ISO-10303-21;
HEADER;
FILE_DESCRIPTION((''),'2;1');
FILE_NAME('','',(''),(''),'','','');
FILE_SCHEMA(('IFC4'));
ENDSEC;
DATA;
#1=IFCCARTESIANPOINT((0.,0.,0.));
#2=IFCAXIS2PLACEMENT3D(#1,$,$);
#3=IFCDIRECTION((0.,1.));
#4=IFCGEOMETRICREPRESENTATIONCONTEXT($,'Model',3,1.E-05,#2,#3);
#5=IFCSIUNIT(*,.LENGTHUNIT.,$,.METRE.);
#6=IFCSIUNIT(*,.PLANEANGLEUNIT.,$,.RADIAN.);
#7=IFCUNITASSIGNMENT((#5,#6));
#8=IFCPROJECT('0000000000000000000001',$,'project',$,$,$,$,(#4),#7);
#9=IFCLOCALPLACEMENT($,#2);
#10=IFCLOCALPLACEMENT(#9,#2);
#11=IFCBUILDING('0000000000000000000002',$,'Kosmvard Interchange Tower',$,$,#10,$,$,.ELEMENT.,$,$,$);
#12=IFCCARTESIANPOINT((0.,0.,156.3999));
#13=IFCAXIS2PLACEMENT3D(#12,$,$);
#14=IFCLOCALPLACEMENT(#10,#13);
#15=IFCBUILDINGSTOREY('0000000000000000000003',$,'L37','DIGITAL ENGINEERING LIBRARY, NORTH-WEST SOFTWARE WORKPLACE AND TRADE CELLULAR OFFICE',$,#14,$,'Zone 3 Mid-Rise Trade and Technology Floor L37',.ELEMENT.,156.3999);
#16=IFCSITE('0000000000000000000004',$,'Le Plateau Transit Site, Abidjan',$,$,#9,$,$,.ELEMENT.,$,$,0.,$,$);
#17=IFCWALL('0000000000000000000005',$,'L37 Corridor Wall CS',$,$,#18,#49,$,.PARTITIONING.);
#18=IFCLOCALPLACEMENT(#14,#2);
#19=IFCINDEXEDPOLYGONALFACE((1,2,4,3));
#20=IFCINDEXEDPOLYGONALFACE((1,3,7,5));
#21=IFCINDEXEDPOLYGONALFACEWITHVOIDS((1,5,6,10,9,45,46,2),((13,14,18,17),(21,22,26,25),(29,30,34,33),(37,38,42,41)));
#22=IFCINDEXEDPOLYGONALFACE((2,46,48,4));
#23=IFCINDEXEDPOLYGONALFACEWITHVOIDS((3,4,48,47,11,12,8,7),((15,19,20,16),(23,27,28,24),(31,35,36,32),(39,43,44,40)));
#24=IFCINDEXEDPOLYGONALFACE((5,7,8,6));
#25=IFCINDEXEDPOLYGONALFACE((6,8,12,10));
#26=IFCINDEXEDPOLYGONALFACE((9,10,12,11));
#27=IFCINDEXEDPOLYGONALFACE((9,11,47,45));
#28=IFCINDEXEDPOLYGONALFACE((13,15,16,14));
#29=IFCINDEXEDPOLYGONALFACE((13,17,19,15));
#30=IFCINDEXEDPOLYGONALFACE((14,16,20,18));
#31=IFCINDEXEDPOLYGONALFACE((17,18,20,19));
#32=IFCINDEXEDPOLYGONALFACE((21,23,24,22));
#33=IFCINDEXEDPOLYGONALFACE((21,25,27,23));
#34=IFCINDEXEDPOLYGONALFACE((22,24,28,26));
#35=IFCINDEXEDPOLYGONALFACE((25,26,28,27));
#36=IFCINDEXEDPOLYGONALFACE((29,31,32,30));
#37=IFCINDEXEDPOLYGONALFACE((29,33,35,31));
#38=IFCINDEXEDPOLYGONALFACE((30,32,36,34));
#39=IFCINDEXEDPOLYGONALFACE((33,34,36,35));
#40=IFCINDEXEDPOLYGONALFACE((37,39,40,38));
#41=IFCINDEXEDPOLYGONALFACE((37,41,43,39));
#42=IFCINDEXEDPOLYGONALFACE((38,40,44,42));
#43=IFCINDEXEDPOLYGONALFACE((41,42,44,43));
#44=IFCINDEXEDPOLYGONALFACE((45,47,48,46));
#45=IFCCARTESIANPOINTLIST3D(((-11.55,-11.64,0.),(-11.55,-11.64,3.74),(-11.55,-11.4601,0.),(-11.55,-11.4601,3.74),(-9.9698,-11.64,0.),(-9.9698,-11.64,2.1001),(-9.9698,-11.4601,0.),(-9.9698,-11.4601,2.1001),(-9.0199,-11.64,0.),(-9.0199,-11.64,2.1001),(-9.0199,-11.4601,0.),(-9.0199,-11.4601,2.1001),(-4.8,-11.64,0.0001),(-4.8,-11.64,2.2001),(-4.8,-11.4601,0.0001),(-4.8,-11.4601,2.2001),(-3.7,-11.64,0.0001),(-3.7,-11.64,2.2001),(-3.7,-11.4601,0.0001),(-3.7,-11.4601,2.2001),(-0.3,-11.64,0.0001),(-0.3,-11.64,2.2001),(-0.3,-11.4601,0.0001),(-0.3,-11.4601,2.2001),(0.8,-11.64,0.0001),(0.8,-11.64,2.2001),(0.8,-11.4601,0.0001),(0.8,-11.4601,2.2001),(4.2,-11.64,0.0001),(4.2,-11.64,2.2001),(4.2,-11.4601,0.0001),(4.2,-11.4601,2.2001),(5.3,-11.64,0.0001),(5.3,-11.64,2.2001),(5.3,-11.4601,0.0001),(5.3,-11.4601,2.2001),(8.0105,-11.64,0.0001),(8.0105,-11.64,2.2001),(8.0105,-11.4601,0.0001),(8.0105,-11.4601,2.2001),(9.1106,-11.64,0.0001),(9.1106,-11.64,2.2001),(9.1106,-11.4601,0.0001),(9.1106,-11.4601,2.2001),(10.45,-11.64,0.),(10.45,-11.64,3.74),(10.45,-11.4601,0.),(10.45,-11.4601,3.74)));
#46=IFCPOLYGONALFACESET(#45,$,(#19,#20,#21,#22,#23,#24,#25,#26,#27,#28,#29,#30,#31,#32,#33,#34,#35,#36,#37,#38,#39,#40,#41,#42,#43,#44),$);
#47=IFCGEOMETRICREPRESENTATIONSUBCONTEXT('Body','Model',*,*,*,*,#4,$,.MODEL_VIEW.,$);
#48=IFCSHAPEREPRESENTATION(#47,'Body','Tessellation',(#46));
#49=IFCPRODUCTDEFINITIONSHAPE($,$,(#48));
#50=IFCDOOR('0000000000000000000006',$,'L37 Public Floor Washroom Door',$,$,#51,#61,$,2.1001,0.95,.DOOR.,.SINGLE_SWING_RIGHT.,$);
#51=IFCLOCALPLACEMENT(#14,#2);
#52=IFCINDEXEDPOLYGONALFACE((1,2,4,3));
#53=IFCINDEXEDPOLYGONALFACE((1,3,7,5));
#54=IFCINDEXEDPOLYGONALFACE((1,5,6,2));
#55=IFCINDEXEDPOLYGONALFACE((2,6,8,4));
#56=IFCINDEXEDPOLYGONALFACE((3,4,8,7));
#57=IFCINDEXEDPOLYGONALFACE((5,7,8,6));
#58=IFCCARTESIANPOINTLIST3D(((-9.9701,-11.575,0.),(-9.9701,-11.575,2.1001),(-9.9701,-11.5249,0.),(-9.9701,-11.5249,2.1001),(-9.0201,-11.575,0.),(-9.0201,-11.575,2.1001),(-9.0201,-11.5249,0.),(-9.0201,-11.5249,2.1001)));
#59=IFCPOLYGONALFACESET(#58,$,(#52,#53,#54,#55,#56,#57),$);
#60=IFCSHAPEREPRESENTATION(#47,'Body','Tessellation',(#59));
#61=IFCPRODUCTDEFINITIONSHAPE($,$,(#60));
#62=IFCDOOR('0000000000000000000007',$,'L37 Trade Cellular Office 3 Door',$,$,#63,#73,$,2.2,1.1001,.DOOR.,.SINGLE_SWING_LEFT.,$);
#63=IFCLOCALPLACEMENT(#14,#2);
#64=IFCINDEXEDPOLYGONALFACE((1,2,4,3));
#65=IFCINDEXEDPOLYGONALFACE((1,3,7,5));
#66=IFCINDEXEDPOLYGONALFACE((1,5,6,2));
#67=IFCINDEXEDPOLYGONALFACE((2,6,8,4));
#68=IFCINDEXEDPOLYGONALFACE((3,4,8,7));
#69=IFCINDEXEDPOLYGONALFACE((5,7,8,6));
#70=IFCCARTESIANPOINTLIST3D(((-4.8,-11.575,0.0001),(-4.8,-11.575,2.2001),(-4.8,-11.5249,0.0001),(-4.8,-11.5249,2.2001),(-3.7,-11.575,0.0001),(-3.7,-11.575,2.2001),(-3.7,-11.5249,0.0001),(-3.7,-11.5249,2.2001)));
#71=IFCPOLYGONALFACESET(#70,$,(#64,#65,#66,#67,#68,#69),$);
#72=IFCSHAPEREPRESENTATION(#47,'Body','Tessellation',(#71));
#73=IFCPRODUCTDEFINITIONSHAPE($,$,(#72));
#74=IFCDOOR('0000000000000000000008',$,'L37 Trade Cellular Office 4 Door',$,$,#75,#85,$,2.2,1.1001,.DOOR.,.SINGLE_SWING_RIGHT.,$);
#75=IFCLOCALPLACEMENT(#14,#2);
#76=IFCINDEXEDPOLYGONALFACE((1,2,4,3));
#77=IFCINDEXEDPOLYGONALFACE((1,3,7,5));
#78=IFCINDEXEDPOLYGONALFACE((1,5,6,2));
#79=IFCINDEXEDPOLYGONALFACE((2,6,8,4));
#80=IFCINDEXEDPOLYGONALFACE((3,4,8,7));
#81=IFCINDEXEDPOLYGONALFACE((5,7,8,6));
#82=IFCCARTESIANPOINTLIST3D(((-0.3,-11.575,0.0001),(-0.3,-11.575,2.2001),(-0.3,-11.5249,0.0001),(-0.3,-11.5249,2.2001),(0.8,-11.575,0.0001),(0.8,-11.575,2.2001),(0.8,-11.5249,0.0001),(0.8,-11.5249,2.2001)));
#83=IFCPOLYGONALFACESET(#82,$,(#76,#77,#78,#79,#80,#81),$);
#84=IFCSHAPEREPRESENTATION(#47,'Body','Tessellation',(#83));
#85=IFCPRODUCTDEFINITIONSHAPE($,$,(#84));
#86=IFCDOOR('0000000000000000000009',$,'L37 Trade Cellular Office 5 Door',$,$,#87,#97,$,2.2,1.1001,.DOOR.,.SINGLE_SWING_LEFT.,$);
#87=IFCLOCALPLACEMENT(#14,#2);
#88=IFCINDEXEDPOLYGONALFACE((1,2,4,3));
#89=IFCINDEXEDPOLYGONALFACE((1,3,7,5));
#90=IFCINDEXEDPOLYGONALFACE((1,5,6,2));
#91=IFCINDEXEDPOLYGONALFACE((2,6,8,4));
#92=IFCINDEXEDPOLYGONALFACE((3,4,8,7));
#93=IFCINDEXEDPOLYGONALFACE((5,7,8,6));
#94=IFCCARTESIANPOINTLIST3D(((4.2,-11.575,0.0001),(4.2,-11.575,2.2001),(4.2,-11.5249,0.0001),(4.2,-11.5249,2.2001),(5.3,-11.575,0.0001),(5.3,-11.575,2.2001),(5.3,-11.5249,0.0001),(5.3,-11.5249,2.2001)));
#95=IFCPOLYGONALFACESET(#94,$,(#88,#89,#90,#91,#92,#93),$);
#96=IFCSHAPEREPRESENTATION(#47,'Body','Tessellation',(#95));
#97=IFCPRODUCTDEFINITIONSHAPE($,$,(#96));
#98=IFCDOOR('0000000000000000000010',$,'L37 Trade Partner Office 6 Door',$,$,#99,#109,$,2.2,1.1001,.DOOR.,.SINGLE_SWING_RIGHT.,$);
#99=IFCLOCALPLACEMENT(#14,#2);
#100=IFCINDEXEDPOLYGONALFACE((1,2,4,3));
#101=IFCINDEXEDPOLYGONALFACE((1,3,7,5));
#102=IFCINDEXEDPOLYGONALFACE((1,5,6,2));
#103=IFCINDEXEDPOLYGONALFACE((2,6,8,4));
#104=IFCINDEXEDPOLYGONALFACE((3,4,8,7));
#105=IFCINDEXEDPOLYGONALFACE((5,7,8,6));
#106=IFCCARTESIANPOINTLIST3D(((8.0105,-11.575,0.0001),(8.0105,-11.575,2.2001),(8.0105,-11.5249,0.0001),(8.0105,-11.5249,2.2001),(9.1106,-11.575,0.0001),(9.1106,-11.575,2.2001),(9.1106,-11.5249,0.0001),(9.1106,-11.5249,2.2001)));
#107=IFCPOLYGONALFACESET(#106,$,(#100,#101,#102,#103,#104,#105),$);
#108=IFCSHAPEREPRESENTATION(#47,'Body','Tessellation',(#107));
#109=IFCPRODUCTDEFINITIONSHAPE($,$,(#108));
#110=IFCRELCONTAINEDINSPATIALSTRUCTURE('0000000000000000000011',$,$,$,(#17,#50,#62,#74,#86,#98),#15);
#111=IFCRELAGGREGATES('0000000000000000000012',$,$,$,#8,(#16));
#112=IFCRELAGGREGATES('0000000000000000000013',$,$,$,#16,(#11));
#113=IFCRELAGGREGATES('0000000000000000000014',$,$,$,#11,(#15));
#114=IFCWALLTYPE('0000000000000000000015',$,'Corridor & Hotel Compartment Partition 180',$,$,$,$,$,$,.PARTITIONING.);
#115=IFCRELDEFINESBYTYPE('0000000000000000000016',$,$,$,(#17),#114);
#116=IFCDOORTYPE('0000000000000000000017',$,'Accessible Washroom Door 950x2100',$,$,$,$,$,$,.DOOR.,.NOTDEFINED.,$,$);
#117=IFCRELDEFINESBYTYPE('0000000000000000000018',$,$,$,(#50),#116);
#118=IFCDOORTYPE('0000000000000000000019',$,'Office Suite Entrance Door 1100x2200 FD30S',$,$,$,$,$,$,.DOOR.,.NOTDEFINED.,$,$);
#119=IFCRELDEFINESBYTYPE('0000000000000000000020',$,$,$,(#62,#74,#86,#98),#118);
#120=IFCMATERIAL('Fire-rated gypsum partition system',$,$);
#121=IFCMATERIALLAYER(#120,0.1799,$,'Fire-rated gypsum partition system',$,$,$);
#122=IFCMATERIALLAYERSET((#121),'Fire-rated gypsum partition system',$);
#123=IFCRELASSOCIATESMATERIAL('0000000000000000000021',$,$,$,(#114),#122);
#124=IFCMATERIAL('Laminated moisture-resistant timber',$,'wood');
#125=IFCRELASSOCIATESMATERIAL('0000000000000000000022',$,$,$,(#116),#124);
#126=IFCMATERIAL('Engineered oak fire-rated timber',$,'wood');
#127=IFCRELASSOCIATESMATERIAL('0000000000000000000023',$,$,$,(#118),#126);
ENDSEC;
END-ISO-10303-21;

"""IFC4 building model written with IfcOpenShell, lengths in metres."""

from ifc_helpers import new_model, si_unit, direction, frame, frame_2d, origin, place, context, subcontext, project, spatial, rectangle, extrude, source, transform, mapped, material, layer, layer_set, type_object, element, fill, save


model = new_model("IFC4")

# Units and contexts
model_context = context("Model", 3, precision=1e-05, world=origin(), true_north=direction((0.0, 1.0)))
body_context = subcontext(model_context, "Body", "Model", "MODEL_VIEW")
ifc_project = project(units=[si_unit("LENGTHUNIT", "METRE"), si_unit("PLANEANGLEUNIT", "RADIAN")], contexts=[model_context])

# Site, building, storey
site_placement = place(None, origin())
site = spatial("IfcSite", under=ifc_project, at=site_placement, Name="Le Plateau Transit Site, Abidjan", CompositionType="ELEMENT", RefElevation=0.0)
building_placement = place(site_placement, origin())
building = spatial("IfcBuilding", under=site, at=building_placement, Name="Kosmvard Interchange Tower", CompositionType="ELEMENT")
storey_placement = place(building_placement, frame((0.0, 0.0, 156.3999)))
storey = spatial("IfcBuildingStorey", under=building, at=storey_placement, Name="L37", Description="DIGITAL ENGINEERING LIBRARY, NORTH-WEST SOFTWARE WORKPLACE AND TRADE CELLULAR OFFICE", LongName="Zone 3 Mid-Rise Trade and Technology Floor L37", CompositionType="ELEMENT", Elevation=156.3999)

# Wall, openings, doors
ifc_material_1 = material(Name="Fire-rated gypsum partition system")
ifc_layer_1 = layer(ifc_material_1, 0.1799, Name="Fire-rated gypsum partition system")
ifc_layer_set_1 = layer_set([ifc_layer_1], Name="Fire-rated gypsum partition system")
wall_type_1 = type_object("IfcWallType", Name="Corridor & Hotel Compartment Partition 180", PredefinedType="PARTITIONING", material=ifc_layer_set_1)
wall_1_placement = place(storey_placement, frame((-11.55, -11.55, 0.0), z_axis=(0.0, 0.0, 1.0), x_axis=(1.0, 0.0, 0.0)))
wall_1 = element("IfcWall", 1, at=wall_1_placement, inside=storey, type_object=wall_type_1, Name="L37 Corridor Wall CS", PredefinedType="PARTITIONING", context=body_context, shape_type="SweptSolid", body=[
    extrude(rectangle(XDim=22.0, YDim=0.1799, at=frame_2d((11.0, 0.0))), origin(), (0.0, 0.0, 1.0), 3.74),
])
opening_1_placement = place(wall_1_placement, frame((1.5801, 0.0, 0.0)))
opening_1 = element("IfcOpeningElement", 2, at=opening_1_placement, cuts=wall_1, PredefinedType="OPENING", context=body_context, shape_type="SweptSolid", body=[
    extrude(rectangle(XDim=0.95, YDim=2.1001, at=frame_2d((0.4751, 1.05))), frame((0.0, 0.1001, 0.0), z_axis=(0.0, -1.0, 0.0), x_axis=(1.0, 0.0, 0.0)), (0.0, 0.0, 1.0), 0.2),
])
opening_2_placement = place(wall_1_placement, frame((6.75, 0.0, 0.0)))
opening_2 = element("IfcOpeningElement", 3, at=opening_2_placement, cuts=wall_1, PredefinedType="OPENING", context=body_context, shape_type="SweptSolid", body=[
    extrude(rectangle(XDim=1.1001, YDim=2.2, at=frame_2d((0.55, 1.1001))), frame((0.0, 0.1001, 0.0), z_axis=(0.0, -1.0, 0.0), x_axis=(1.0, 0.0, 0.0)), (0.0, 0.0, 1.0), 0.2),
])
opening_3_placement = place(wall_1_placement, frame((11.25, 0.0, 0.0)))
opening_3 = element("IfcOpeningElement", 4, at=opening_3_placement, cuts=wall_1, PredefinedType="OPENING", context=body_context, shape_type="SweptSolid", body=[
    extrude(rectangle(XDim=1.1001, YDim=2.2, at=frame_2d((0.55, 1.1001))), frame((0.0, 0.1001, 0.0), z_axis=(0.0, -1.0, 0.0), x_axis=(1.0, 0.0, 0.0)), (0.0, 0.0, 1.0), 0.2),
])
opening_4_placement = place(wall_1_placement, frame((15.75, 0.0, 0.0)))
opening_4 = element("IfcOpeningElement", 5, at=opening_4_placement, cuts=wall_1, PredefinedType="OPENING", context=body_context, shape_type="SweptSolid", body=[
    extrude(rectangle(XDim=1.1001, YDim=2.2, at=frame_2d((0.55, 1.1001))), frame((0.0, 0.1001, 0.0), z_axis=(0.0, -1.0, 0.0), x_axis=(1.0, 0.0, 0.0)), (0.0, 0.0, 1.0), 0.2),
])
opening_5_placement = place(wall_1_placement, frame((19.5605, 0.0, 0.0)))
opening_5 = element("IfcOpeningElement", 6, at=opening_5_placement, cuts=wall_1, PredefinedType="OPENING", context=body_context, shape_type="SweptSolid", body=[
    extrude(rectangle(XDim=1.1001, YDim=2.2, at=frame_2d((0.55, 1.1001))), frame((0.0, 0.1001, 0.0), z_axis=(0.0, -1.0, 0.0), x_axis=(1.0, 0.0, 0.0)), (0.0, 0.0, 1.0), 0.2),
])
ifc_material_2 = material(Name="Laminated moisture-resistant timber", Category="wood")
door_type_1 = type_object("IfcDoorType", Name="Accessible Washroom Door 950x2100", OperationType="NOTDEFINED", PredefinedType="DOOR", material=ifc_material_2)
shared_shape_1 = source(origin(), body_context, "Body", "SweptSolid", [
    extrude(rectangle(XDim=0.95, YDim=2.1001, at=frame_2d((0.4751, 1.05))), frame((0.0, 0.0249, 0.0), z_axis=(0.0, -1.0, 0.0), x_axis=(1.0, 0.0, 0.0)), (0.0, 0.0, 1.0), 0.05),
])
door_1_placement = place(opening_1_placement, frame((0.95, 0.0, 0.0), z_axis=(0.0, 0.0, 1.0), x_axis=(-1.0, 0.0, 0.0)))
door_1 = element("IfcDoor", 7, at=door_1_placement, inside=storey, type_object=door_type_1, Name="L37 Public Floor Washroom Door", OperationType="SINGLE_SWING_RIGHT", OverallHeight=2.1001, OverallWidth=0.95, PredefinedType="DOOR", context=body_context, shape_type="MappedRepresentation", body=[
    mapped(shared_shape_1, transform((0.0, 0.0, 0.0), scale=1.0)),
])
fill(opening_1, door_1)
ifc_material_3 = material(Name="Engineered oak fire-rated timber", Category="wood")
door_type_2 = type_object("IfcDoorType", Name="Office Suite Entrance Door 1100x2200 FD30S", OperationType="NOTDEFINED", PredefinedType="DOOR", material=ifc_material_3)
shared_shape_2 = source(origin(), body_context, "Body", "SweptSolid", [
    extrude(rectangle(XDim=1.1001, YDim=2.2, at=frame_2d((0.55, 1.1001))), frame((0.0, 0.0249, 0.0), z_axis=(0.0, -1.0, 0.0), x_axis=(1.0, 0.0, 0.0)), (0.0, 0.0, 1.0), 0.05),
])
door_2_placement = place(opening_2_placement, frame((1.1001, 0.0, 0.0), z_axis=(0.0, 0.0, 1.0), x_axis=(-1.0, 0.0, 0.0)))
door_2 = element("IfcDoor", 8, at=door_2_placement, inside=storey, type_object=door_type_2, Name="L37 Trade Cellular Office 3 Door", OperationType="SINGLE_SWING_LEFT", OverallHeight=2.2, OverallWidth=1.1001, PredefinedType="DOOR", context=body_context, shape_type="MappedRepresentation", body=[
    mapped(shared_shape_2, transform((0.0, 0.0, 0.0), scale=1.0)),
])
fill(opening_2, door_2)
door_3_placement = place(opening_3_placement, frame((1.1001, 0.0, 0.0), z_axis=(0.0, 0.0, 1.0), x_axis=(-1.0, 0.0, 0.0)))
door_3 = element("IfcDoor", 9, at=door_3_placement, inside=storey, type_object=door_type_2, Name="L37 Trade Cellular Office 4 Door", OperationType="SINGLE_SWING_RIGHT", OverallHeight=2.2, OverallWidth=1.1001, PredefinedType="DOOR", context=body_context, shape_type="MappedRepresentation", body=[
    mapped(shared_shape_2, transform((0.0, 0.0, 0.0), scale=1.0)),
])
fill(opening_3, door_3)
door_4_placement = place(opening_4_placement, frame((1.1001, 0.0, 0.0), z_axis=(0.0, 0.0, 1.0), x_axis=(-1.0, 0.0, 0.0)))
door_4 = element("IfcDoor", 10, at=door_4_placement, inside=storey, type_object=door_type_2, Name="L37 Trade Cellular Office 5 Door", OperationType="SINGLE_SWING_LEFT", OverallHeight=2.2, OverallWidth=1.1001, PredefinedType="DOOR", context=body_context, shape_type="MappedRepresentation", body=[
    mapped(shared_shape_2, transform((0.0, 0.0, 0.0), scale=1.0)),
])
fill(opening_4, door_4)
door_5_placement = place(opening_5_placement, frame((1.1001, 0.0, 0.0), z_axis=(0.0, 0.0, 1.0), x_axis=(-1.0, 0.0, 0.0)))
door_5 = element("IfcDoor", 11, at=door_5_placement, inside=storey, type_object=door_type_2, Name="L37 Trade Partner Office 6 Door", OperationType="SINGLE_SWING_RIGHT", OverallHeight=2.2, OverallWidth=1.1001, PredefinedType="DOOR", context=body_context, shape_type="MappedRepresentation", body=[
    mapped(shared_shape_2, transform((0.0, 0.0, 0.0), scale=1.0)),
])
fill(opening_5, door_5)

save(model, "model.ifc")
